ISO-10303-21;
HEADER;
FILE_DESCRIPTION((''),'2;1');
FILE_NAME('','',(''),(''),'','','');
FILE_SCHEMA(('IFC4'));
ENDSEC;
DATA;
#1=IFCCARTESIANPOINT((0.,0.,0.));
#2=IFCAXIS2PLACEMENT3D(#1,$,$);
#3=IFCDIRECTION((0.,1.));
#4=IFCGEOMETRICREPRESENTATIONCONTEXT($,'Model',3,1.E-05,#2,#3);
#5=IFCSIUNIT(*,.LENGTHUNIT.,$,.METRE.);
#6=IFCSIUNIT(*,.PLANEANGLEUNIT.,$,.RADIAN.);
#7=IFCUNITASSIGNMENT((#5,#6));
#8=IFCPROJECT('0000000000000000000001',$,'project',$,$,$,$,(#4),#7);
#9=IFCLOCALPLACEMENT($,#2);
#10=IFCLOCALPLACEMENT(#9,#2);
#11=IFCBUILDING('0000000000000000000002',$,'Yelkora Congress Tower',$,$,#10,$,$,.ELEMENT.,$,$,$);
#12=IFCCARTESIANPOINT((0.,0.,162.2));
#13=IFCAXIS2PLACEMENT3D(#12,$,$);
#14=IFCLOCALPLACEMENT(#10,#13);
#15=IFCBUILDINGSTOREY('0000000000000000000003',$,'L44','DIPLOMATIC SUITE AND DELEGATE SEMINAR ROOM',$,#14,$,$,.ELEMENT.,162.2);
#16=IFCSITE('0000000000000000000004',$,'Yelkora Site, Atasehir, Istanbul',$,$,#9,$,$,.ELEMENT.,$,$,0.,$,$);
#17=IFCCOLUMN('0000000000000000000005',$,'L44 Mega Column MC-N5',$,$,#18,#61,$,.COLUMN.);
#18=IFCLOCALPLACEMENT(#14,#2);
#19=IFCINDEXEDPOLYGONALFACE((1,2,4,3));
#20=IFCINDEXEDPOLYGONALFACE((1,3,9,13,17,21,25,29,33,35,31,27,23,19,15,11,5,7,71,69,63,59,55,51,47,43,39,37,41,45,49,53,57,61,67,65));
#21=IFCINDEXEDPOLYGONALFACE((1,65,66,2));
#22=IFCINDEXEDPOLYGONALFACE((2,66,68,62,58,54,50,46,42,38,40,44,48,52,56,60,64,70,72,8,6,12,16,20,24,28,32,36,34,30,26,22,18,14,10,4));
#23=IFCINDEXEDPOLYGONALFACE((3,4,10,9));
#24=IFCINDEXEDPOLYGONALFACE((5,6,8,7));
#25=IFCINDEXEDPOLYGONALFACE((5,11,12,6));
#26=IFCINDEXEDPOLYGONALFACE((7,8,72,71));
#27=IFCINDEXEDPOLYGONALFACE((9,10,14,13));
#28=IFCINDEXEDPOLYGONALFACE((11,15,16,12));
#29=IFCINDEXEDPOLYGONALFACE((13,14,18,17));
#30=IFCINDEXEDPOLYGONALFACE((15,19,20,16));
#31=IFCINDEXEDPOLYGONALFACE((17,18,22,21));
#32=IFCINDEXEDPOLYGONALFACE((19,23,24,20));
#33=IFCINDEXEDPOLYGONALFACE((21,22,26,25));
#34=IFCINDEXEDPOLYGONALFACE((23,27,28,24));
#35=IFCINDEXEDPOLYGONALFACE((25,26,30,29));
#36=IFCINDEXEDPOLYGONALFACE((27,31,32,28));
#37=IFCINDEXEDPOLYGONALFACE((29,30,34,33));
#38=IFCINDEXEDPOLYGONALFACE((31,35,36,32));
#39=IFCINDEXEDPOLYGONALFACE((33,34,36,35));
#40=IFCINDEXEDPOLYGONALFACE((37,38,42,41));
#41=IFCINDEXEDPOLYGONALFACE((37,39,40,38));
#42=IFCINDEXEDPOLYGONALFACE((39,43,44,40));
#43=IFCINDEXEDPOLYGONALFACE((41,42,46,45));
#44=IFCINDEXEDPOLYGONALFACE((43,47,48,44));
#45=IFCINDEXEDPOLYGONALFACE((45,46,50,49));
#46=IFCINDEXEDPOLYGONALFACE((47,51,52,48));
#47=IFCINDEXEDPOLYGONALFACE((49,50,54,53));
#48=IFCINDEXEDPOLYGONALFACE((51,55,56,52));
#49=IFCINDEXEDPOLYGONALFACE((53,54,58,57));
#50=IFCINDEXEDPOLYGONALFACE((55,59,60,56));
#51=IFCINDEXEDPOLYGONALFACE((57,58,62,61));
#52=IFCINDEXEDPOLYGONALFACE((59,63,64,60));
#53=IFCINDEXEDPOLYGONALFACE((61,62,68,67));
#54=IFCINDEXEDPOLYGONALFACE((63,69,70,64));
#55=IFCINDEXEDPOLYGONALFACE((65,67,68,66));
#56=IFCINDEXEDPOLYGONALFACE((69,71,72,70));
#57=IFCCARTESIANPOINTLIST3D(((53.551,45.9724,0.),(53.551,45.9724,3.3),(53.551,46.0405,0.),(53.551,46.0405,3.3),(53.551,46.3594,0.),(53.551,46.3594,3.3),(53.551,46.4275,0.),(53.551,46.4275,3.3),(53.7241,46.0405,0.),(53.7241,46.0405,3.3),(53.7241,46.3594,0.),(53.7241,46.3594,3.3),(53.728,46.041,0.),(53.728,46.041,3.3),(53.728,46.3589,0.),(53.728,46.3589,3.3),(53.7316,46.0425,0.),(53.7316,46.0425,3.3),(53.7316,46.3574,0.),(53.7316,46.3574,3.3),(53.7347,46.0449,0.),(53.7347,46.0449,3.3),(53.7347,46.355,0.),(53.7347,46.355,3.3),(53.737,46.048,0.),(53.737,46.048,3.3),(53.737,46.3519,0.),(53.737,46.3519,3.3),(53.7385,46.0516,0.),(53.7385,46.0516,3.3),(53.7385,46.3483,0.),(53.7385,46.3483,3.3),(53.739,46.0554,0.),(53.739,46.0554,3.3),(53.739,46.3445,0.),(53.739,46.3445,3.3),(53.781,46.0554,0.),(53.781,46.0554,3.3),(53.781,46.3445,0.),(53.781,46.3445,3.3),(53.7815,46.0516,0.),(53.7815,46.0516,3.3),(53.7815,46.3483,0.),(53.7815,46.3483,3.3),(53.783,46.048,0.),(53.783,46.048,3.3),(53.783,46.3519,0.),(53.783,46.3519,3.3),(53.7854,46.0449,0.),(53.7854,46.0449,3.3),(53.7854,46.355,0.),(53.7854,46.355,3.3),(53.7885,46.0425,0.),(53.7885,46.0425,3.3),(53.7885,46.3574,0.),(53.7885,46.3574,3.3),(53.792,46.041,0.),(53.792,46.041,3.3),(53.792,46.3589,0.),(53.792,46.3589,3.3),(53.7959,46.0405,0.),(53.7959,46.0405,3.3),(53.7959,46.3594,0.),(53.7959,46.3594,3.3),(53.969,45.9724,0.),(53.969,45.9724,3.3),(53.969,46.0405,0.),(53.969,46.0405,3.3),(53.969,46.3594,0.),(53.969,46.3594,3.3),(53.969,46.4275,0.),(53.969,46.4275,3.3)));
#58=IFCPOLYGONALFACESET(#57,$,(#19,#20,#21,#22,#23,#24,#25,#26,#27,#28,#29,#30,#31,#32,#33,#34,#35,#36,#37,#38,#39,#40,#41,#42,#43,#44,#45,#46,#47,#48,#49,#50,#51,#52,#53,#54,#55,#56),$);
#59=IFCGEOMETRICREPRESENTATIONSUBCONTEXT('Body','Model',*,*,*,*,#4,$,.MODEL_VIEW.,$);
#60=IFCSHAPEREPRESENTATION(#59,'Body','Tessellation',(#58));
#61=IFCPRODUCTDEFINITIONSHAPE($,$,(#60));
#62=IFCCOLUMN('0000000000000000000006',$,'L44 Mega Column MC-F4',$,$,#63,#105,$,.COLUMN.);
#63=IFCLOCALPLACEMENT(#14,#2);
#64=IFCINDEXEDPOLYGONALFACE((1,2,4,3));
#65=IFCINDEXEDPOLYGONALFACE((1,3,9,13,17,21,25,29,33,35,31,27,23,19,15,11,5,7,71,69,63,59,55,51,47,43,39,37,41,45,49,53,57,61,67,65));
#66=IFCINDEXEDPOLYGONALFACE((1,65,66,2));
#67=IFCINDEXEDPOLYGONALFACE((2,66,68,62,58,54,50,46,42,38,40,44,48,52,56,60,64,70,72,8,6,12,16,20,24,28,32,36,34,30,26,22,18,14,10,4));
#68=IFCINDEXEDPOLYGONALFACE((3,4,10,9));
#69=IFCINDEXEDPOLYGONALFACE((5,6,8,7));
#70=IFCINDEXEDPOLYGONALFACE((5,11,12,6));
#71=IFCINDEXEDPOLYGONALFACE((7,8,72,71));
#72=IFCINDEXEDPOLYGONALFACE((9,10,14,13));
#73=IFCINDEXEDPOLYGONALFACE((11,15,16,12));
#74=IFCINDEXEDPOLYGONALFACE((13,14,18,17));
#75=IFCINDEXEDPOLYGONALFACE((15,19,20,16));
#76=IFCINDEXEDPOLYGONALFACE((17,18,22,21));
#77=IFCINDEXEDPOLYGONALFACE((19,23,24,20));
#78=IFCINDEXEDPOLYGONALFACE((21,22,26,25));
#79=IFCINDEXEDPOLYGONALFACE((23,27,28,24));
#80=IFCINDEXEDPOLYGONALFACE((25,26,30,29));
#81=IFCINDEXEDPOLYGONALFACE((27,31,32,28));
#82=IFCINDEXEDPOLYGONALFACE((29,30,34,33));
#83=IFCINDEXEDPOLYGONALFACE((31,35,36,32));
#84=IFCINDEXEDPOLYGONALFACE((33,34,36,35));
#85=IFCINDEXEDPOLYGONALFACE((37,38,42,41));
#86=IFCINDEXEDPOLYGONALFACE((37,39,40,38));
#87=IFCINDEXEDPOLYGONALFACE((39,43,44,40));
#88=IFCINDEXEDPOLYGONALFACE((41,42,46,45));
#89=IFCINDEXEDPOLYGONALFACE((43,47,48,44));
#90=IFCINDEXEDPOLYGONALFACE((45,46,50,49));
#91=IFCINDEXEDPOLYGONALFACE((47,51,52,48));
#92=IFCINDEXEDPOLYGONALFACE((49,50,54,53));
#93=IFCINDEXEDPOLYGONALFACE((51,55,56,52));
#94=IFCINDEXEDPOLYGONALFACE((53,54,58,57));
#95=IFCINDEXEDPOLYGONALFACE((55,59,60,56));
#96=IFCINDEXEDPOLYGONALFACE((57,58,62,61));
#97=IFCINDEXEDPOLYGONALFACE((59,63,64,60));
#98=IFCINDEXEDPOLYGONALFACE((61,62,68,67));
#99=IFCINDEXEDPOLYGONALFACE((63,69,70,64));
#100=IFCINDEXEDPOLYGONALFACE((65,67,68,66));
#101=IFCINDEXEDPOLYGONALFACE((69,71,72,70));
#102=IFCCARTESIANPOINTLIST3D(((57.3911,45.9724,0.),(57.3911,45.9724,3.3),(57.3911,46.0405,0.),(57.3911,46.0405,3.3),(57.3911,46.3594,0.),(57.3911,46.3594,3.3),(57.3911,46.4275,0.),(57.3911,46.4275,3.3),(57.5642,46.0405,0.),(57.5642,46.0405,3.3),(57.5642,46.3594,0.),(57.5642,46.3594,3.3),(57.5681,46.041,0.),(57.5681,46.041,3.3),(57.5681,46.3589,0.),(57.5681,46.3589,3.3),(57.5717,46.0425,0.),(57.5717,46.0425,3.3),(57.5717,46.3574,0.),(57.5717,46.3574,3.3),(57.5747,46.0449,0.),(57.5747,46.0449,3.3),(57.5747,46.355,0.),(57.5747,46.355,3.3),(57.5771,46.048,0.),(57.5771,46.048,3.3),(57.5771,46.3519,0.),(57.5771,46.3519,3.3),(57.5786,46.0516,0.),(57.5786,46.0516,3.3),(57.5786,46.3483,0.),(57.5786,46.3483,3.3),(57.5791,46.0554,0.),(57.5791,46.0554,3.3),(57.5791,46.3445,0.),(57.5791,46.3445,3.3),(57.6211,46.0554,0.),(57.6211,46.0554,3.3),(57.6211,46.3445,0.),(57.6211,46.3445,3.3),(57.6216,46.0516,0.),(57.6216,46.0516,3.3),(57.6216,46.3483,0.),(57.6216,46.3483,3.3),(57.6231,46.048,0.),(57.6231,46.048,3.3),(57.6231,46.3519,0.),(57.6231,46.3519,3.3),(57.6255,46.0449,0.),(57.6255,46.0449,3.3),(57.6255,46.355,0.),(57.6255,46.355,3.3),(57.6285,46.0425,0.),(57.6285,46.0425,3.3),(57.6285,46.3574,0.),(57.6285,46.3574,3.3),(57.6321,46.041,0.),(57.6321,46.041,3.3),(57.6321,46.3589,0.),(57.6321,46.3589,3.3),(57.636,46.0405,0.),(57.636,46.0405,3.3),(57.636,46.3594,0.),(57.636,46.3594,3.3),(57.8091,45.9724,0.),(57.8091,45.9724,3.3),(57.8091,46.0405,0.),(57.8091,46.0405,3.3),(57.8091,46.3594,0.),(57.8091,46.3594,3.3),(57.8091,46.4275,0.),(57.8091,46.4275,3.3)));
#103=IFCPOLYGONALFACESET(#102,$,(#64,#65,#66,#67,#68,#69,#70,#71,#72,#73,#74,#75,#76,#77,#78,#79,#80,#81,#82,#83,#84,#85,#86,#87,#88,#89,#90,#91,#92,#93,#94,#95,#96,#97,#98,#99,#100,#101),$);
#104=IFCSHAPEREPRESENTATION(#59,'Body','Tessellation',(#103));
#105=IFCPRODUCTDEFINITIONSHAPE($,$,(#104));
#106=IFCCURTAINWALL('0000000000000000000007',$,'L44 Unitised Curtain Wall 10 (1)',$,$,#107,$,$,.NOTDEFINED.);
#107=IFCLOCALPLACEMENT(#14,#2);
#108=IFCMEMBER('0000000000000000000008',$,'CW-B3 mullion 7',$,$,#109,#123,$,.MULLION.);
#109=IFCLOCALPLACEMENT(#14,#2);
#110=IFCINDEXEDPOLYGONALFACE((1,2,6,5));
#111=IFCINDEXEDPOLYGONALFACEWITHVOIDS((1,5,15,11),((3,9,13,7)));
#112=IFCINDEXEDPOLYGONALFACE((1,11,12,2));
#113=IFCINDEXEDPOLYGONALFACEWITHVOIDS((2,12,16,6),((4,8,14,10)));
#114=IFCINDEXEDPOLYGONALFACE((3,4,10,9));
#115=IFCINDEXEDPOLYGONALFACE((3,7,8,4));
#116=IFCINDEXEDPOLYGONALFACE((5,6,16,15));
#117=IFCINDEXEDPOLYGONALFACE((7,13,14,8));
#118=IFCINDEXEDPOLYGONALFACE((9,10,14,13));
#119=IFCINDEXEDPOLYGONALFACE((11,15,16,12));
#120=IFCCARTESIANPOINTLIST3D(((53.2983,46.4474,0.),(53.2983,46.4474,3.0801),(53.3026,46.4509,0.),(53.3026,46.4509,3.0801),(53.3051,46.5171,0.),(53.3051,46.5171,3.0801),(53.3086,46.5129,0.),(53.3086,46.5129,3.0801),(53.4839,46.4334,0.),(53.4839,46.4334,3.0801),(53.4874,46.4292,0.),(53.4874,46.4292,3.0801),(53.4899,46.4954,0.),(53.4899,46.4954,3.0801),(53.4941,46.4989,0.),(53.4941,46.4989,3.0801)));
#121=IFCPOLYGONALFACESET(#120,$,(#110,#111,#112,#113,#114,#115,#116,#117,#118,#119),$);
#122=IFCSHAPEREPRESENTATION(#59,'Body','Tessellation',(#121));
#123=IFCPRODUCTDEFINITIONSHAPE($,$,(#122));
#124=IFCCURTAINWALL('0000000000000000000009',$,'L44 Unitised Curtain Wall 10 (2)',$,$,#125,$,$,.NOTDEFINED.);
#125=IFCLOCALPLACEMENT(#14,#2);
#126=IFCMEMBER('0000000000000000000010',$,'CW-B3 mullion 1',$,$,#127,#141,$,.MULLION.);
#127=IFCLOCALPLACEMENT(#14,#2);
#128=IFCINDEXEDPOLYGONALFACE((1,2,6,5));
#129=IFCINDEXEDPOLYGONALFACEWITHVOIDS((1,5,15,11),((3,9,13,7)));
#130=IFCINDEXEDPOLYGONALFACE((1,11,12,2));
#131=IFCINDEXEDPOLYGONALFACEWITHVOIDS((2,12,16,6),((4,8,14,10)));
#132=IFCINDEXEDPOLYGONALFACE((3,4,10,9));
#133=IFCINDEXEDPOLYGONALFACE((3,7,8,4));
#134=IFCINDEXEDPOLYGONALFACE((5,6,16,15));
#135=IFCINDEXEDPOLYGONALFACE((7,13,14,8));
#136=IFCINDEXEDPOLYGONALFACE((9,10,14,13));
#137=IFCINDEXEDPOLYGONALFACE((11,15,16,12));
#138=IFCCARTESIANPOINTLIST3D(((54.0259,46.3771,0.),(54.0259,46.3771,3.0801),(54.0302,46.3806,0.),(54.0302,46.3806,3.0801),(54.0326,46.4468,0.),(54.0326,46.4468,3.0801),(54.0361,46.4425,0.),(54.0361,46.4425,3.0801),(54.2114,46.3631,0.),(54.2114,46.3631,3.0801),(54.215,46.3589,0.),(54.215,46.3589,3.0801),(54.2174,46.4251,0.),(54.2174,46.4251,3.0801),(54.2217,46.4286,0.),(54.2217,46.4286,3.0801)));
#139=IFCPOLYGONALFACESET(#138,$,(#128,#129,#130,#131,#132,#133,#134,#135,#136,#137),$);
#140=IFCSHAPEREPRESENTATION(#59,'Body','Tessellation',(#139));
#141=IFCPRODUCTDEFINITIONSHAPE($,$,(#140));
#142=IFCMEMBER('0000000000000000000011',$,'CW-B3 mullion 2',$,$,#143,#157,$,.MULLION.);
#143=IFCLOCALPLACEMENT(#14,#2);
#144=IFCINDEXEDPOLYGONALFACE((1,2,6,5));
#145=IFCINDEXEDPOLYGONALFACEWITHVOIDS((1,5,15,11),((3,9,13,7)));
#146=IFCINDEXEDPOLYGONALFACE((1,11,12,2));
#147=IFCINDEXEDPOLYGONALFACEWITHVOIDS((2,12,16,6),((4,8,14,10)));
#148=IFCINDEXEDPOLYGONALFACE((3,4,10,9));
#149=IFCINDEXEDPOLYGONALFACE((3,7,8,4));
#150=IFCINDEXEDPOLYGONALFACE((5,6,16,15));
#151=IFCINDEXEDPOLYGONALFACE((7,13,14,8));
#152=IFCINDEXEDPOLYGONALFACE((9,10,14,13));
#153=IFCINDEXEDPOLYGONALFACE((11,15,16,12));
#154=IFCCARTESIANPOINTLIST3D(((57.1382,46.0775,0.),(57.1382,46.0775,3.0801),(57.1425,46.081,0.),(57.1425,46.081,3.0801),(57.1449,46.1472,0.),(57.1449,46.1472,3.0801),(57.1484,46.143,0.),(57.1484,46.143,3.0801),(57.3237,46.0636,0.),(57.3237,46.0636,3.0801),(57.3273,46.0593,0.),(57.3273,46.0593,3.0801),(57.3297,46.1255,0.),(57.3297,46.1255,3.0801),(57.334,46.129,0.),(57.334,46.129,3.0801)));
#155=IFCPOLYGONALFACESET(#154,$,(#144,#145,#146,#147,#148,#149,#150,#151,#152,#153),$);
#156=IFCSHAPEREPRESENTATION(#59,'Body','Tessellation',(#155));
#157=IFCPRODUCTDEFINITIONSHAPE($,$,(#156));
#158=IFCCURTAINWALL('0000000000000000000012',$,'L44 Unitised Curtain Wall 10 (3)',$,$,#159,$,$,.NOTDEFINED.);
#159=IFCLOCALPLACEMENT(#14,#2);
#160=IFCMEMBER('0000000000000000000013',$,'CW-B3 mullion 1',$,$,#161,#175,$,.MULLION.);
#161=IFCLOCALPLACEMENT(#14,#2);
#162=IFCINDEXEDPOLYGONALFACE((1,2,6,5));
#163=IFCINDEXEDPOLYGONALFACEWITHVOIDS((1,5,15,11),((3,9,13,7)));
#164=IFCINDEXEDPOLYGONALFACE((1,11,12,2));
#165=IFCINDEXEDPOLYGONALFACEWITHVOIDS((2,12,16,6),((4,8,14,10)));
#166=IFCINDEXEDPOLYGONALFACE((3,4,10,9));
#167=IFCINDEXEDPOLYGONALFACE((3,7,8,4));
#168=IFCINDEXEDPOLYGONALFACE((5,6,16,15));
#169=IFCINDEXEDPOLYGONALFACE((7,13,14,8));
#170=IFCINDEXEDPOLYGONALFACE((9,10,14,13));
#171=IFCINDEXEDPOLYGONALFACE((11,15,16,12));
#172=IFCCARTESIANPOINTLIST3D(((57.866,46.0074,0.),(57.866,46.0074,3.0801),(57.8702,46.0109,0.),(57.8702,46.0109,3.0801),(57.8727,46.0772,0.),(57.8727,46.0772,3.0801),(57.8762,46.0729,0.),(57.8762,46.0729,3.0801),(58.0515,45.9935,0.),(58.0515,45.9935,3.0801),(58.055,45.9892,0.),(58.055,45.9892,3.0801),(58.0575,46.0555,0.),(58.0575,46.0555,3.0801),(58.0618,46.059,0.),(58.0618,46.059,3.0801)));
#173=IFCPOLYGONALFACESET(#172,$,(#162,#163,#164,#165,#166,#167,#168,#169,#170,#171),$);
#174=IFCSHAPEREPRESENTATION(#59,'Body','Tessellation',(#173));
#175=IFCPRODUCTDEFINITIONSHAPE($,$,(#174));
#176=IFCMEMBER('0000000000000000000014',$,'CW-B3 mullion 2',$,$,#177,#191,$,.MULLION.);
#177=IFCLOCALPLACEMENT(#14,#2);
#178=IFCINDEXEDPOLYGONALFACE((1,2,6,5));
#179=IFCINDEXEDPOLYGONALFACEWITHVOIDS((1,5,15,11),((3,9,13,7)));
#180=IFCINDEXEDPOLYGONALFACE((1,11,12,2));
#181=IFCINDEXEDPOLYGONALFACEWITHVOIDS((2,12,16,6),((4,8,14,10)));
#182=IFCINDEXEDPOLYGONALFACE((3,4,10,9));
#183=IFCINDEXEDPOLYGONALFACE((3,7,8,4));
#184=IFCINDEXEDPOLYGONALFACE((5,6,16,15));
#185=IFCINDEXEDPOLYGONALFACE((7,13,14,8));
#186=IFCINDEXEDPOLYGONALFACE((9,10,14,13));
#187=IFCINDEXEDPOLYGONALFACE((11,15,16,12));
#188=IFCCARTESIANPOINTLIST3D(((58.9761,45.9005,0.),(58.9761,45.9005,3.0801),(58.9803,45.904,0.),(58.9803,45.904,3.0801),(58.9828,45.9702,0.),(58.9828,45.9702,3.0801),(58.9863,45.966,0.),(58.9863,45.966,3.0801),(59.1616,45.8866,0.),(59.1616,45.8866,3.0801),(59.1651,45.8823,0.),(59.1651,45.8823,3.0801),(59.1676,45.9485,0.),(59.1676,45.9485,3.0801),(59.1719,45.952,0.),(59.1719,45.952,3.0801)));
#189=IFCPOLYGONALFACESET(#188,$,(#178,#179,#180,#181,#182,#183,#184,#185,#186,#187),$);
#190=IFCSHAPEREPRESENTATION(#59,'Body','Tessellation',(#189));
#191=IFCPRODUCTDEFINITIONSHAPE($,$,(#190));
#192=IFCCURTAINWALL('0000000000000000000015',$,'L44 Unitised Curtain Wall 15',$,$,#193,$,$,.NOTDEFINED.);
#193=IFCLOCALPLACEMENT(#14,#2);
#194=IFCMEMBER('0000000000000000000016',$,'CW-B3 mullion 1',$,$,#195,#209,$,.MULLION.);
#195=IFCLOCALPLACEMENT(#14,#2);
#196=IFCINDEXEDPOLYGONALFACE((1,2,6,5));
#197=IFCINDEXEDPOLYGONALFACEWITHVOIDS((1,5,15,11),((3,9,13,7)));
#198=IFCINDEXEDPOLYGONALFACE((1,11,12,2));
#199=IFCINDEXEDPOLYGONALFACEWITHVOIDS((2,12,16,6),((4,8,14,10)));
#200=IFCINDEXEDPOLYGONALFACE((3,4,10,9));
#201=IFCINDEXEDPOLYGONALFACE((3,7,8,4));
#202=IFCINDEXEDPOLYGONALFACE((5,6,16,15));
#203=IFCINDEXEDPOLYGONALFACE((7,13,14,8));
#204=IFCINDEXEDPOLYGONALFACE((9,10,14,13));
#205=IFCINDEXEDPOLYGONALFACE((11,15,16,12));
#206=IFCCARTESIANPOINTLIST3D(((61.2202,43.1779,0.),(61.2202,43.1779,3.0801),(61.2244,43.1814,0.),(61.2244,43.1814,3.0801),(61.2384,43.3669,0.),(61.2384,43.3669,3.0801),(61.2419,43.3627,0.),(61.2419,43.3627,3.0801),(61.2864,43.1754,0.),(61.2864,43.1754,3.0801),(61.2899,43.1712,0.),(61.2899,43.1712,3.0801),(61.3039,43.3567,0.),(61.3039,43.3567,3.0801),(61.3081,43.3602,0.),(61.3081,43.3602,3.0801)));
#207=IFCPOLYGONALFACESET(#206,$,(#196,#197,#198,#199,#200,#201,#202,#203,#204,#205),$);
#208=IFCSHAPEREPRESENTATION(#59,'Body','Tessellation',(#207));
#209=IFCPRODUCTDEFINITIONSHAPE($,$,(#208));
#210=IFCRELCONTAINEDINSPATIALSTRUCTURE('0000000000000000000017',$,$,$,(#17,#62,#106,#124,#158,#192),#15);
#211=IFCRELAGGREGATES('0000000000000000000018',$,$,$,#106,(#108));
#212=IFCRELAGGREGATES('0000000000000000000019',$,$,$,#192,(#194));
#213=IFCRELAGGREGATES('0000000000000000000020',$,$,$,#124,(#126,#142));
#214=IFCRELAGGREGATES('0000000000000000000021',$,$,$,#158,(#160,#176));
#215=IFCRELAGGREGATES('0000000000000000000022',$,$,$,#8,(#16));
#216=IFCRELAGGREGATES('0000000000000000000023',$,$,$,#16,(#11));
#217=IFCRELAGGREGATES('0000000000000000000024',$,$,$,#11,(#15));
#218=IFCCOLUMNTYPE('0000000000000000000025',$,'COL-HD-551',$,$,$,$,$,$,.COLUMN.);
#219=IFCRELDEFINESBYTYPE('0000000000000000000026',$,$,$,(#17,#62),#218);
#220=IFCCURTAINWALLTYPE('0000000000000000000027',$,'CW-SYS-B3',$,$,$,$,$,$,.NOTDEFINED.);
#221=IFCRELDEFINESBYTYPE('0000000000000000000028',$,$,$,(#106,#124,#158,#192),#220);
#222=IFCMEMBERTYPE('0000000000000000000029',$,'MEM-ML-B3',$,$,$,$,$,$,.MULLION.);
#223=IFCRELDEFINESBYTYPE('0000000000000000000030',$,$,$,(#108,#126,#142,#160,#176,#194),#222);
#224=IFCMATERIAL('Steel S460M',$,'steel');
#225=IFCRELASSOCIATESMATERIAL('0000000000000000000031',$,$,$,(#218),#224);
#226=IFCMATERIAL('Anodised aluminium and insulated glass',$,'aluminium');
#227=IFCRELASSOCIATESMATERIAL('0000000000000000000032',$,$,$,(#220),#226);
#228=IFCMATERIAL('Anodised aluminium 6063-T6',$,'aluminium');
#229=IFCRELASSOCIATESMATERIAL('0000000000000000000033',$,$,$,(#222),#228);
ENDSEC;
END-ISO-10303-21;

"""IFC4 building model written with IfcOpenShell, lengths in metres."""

from ifc_helpers import new_model, si_unit, direction, frame, origin, origin_2d, place, context, subcontext, project, spatial, hollow_rectangle, i_section, extrude, material, material_profile, profile_set, type_object, element, aggregate, save


model = new_model("IFC4")

# Units and contexts
model_context = context("Model", 3, precision=1e-05, world=origin(), true_north=direction((0.0, 1.0)))
body_context = subcontext(model_context, "Body", "Model", "MODEL_VIEW")
ifc_project = project(units=[si_unit("LENGTHUNIT", "METRE"), si_unit("PLANEANGLEUNIT", "RADIAN")], contexts=[model_context])

# Site, building, storey
site_placement = place(None, origin())
site = spatial("IfcSite", under=ifc_project, at=site_placement, Name="Yelkora Site, Atasehir, Istanbul", CompositionType="ELEMENT", RefElevation=0.0)
building_placement = place(site_placement, origin())
building = spatial("IfcBuilding", under=site, at=building_placement, Name="Yelkora Congress Tower", CompositionType="ELEMENT")
storey_placement = place(building_placement, frame((0.0, 0.0, 162.2)))
storey = spatial("IfcBuildingStorey", under=building, at=storey_placement, Name="L44", Description="DIPLOMATIC SUITE AND DELEGATE SEMINAR ROOM", CompositionType="ELEMENT", Elevation=162.2)

# Columns
ifc_material_1 = material(Name="Steel S460M", Category="steel")
ifc_material_profile_1 = material_profile(ifc_material_1, i_section(OverallWidth=0.418, OverallDepth=0.4551, WebThickness=0.042, FlangeThickness=0.0681, FilletRadius=0.0149, at=origin_2d()), Name="HD 400x551")
ifc_profile_set_1 = profile_set([ifc_material_profile_1], Name="Steel S460M")
column_type = type_object("IfcColumnType", Name="COL-HD-551", PredefinedType="COLUMN", material=ifc_profile_set_1)
for number, where, z_axis, x_axis, name in (
    (1, (53.76, 46.2, 0.0), (0.0, 0.0, 1.0), (1.0, 0.0, 0.0), "L44 Mega Column MC-N5"),
    (2, (57.6001, 46.2, 0.0), (0.0, 0.0, 1.0), (1.0, 0.0, 0.0), "L44 Mega Column MC-F4"),
):
    element("IfcColumn", number, at=place(storey_placement, frame(where, z_axis=z_axis, x_axis=x_axis)), inside=storey, type_object=column_type, Name=name, PredefinedType="COLUMN", context=body_context, shape_type="SweptSolid", body=[
        extrude(i_section(OverallWidth=0.418, OverallDepth=0.4551, WebThickness=0.042, FlangeThickness=0.0681, FilletRadius=0.0149, at=origin_2d()), origin(), (0.0, 0.0, 1.0), 3.3),
    ])

# Curtain wall, member
ifc_material_2 = material(Name="Anodised aluminium and insulated glass", Category="aluminium")
curtain_wall_type = type_object("IfcCurtainWallType", Name="CW-SYS-B3", PredefinedType="NOTDEFINED", material=ifc_material_2)
curtain_wall_1_placement = place(storey_placement, origin())
curtain_wall_1 = element("IfcCurtainWall", 3, at=curtain_wall_1_placement, inside=storey, type_object=curtain_wall_type, Name="L44 Unitised Curtain Wall 10 (1)", PredefinedType="NOTDEFINED")
ifc_material_3 = material(Name="Anodised aluminium 6063-T6", Category="aluminium")
ifc_material_profile_2 = material_profile(ifc_material_3, hollow_rectangle(XDim=0.0701, YDim=0.1899, WallThickness=0.0039, at=origin_2d()), Name="ALU 70x190x4")
ifc_profile_set_2 = profile_set([ifc_material_profile_2], Name="Anodised aluminium 6063-T6")
member_type_1 = type_object("IfcMemberType", Name="MEM-ML-B3", PredefinedType="MULLION", material=ifc_profile_set_2)
member_1_placement = place(storey_placement, frame((53.3962, 46.4731, 0.0), z_axis=(0.0, 0.0, 1.0), x_axis=(0.095845, 0.995396, 0.0)))
member_1 = element("IfcMember", 4, at=member_1_placement, type_object=member_type_1, Name="CW-B3 mullion 7", PredefinedType="MULLION", context=body_context, shape_type="SweptSolid", body=[
    extrude(hollow_rectangle(XDim=0.0701, YDim=0.1899, WallThickness=0.0039, at=origin_2d()), origin(), (0.0, 0.0, 1.0), 3.0801),
])
aggregate(curtain_wall_1, [member_1])

# Curtain walls, members
curtain_wall_2_placement = place(storey_placement, origin())
curtain_wall_2 = element("IfcCurtainWall", 5, at=curtain_wall_2_placement, inside=storey, type_object=curtain_wall_type, Name="L44 Unitised Curtain Wall 10 (2)", PredefinedType="NOTDEFINED")
member_2_placement = place(storey_placement, frame((54.1238, 46.4028, 0.0), z_axis=(0.0, 0.0, 1.0), x_axis=(0.095848, 0.995396, 0.0)))
member_2 = element("IfcMember", 6, at=member_2_placement, type_object=member_type_1, Name="CW-B3 mullion 1", PredefinedType="MULLION", context=body_context, shape_type="SweptSolid", body=[
    extrude(hollow_rectangle(XDim=0.0701, YDim=0.1899, WallThickness=0.0039, at=origin_2d()), origin(), (0.0, 0.0, 1.0), 3.0801),
])
member_3_placement = place(storey_placement, frame((57.2361, 46.1033, 0.0), z_axis=(0.0, 0.0, 1.0), x_axis=(0.095848, 0.995396, 0.0)))
member_3 = element("IfcMember", 7, at=member_3_placement, type_object=member_type_1, Name="CW-B3 mullion 2", PredefinedType="MULLION", context=body_context, shape_type="SweptSolid", body=[
    extrude(hollow_rectangle(XDim=0.0701, YDim=0.1899, WallThickness=0.0039, at=origin_2d()), origin(), (0.0, 0.0, 1.0), 3.0801),
])
curtain_wall_3_placement = place(storey_placement, origin())
curtain_wall_3 = element("IfcCurtainWall", 8, at=curtain_wall_3_placement, inside=storey, type_object=curtain_wall_type, Name="L44 Unitised Curtain Wall 10 (3)", PredefinedType="NOTDEFINED")
member_4_placement = place(storey_placement, frame((57.9639, 46.0332, 0.0), z_axis=(0.0, 0.0, 1.0), x_axis=(0.095852, 0.995396, 0.0)))
member_4 = element("IfcMember", 9, at=member_4_placement, type_object=member_type_1, Name="CW-B3 mullion 1", PredefinedType="MULLION", context=body_context, shape_type="SweptSolid", body=[
    extrude(hollow_rectangle(XDim=0.0701, YDim=0.1899, WallThickness=0.0039, at=origin_2d()), origin(), (0.0, 0.0, 1.0), 3.0801),
])
member_5_placement = place(storey_placement, frame((59.074, 45.9263, 0.0), z_axis=(0.0, 0.0, 1.0), x_axis=(0.095852, 0.995396, 0.0)))
member_5 = element("IfcMember", 10, at=member_5_placement, type_object=member_type_1, Name="CW-B3 mullion 2", PredefinedType="MULLION", context=body_context, shape_type="SweptSolid", body=[
    extrude(hollow_rectangle(XDim=0.0701, YDim=0.1899, WallThickness=0.0039, at=origin_2d()), origin(), (0.0, 0.0, 1.0), 3.0801),
])

# Curtain wall, member
curtain_wall_4_placement = place(storey_placement, origin())
curtain_wall_4 = element("IfcCurtainWall", 11, at=curtain_wall_4_placement, inside=storey, type_object=curtain_wall_type, Name="L44 Unitised Curtain Wall 15", PredefinedType="NOTDEFINED")
member_6_placement = place(storey_placement, frame((61.2642, 43.269, 0.0), z_axis=(0.0, 0.0, 1.0), x_axis=(0.995397, -0.095842, 0.0)))
member_6 = element("IfcMember", 12, at=member_6_placement, type_object=member_type_1, Name="CW-B3 mullion 1", PredefinedType="MULLION", context=body_context, shape_type="SweptSolid", body=[
    extrude(hollow_rectangle(XDim=0.0701, YDim=0.1899, WallThickness=0.0039, at=origin_2d()), origin(), (0.0, 0.0, 1.0), 3.0801),
])

aggregate(curtain_wall_4, [member_6])

aggregate(curtain_wall_2, [member_2, member_3])
aggregate(curtain_wall_3, [member_4, member_5])

save(model, "model.ifc")
